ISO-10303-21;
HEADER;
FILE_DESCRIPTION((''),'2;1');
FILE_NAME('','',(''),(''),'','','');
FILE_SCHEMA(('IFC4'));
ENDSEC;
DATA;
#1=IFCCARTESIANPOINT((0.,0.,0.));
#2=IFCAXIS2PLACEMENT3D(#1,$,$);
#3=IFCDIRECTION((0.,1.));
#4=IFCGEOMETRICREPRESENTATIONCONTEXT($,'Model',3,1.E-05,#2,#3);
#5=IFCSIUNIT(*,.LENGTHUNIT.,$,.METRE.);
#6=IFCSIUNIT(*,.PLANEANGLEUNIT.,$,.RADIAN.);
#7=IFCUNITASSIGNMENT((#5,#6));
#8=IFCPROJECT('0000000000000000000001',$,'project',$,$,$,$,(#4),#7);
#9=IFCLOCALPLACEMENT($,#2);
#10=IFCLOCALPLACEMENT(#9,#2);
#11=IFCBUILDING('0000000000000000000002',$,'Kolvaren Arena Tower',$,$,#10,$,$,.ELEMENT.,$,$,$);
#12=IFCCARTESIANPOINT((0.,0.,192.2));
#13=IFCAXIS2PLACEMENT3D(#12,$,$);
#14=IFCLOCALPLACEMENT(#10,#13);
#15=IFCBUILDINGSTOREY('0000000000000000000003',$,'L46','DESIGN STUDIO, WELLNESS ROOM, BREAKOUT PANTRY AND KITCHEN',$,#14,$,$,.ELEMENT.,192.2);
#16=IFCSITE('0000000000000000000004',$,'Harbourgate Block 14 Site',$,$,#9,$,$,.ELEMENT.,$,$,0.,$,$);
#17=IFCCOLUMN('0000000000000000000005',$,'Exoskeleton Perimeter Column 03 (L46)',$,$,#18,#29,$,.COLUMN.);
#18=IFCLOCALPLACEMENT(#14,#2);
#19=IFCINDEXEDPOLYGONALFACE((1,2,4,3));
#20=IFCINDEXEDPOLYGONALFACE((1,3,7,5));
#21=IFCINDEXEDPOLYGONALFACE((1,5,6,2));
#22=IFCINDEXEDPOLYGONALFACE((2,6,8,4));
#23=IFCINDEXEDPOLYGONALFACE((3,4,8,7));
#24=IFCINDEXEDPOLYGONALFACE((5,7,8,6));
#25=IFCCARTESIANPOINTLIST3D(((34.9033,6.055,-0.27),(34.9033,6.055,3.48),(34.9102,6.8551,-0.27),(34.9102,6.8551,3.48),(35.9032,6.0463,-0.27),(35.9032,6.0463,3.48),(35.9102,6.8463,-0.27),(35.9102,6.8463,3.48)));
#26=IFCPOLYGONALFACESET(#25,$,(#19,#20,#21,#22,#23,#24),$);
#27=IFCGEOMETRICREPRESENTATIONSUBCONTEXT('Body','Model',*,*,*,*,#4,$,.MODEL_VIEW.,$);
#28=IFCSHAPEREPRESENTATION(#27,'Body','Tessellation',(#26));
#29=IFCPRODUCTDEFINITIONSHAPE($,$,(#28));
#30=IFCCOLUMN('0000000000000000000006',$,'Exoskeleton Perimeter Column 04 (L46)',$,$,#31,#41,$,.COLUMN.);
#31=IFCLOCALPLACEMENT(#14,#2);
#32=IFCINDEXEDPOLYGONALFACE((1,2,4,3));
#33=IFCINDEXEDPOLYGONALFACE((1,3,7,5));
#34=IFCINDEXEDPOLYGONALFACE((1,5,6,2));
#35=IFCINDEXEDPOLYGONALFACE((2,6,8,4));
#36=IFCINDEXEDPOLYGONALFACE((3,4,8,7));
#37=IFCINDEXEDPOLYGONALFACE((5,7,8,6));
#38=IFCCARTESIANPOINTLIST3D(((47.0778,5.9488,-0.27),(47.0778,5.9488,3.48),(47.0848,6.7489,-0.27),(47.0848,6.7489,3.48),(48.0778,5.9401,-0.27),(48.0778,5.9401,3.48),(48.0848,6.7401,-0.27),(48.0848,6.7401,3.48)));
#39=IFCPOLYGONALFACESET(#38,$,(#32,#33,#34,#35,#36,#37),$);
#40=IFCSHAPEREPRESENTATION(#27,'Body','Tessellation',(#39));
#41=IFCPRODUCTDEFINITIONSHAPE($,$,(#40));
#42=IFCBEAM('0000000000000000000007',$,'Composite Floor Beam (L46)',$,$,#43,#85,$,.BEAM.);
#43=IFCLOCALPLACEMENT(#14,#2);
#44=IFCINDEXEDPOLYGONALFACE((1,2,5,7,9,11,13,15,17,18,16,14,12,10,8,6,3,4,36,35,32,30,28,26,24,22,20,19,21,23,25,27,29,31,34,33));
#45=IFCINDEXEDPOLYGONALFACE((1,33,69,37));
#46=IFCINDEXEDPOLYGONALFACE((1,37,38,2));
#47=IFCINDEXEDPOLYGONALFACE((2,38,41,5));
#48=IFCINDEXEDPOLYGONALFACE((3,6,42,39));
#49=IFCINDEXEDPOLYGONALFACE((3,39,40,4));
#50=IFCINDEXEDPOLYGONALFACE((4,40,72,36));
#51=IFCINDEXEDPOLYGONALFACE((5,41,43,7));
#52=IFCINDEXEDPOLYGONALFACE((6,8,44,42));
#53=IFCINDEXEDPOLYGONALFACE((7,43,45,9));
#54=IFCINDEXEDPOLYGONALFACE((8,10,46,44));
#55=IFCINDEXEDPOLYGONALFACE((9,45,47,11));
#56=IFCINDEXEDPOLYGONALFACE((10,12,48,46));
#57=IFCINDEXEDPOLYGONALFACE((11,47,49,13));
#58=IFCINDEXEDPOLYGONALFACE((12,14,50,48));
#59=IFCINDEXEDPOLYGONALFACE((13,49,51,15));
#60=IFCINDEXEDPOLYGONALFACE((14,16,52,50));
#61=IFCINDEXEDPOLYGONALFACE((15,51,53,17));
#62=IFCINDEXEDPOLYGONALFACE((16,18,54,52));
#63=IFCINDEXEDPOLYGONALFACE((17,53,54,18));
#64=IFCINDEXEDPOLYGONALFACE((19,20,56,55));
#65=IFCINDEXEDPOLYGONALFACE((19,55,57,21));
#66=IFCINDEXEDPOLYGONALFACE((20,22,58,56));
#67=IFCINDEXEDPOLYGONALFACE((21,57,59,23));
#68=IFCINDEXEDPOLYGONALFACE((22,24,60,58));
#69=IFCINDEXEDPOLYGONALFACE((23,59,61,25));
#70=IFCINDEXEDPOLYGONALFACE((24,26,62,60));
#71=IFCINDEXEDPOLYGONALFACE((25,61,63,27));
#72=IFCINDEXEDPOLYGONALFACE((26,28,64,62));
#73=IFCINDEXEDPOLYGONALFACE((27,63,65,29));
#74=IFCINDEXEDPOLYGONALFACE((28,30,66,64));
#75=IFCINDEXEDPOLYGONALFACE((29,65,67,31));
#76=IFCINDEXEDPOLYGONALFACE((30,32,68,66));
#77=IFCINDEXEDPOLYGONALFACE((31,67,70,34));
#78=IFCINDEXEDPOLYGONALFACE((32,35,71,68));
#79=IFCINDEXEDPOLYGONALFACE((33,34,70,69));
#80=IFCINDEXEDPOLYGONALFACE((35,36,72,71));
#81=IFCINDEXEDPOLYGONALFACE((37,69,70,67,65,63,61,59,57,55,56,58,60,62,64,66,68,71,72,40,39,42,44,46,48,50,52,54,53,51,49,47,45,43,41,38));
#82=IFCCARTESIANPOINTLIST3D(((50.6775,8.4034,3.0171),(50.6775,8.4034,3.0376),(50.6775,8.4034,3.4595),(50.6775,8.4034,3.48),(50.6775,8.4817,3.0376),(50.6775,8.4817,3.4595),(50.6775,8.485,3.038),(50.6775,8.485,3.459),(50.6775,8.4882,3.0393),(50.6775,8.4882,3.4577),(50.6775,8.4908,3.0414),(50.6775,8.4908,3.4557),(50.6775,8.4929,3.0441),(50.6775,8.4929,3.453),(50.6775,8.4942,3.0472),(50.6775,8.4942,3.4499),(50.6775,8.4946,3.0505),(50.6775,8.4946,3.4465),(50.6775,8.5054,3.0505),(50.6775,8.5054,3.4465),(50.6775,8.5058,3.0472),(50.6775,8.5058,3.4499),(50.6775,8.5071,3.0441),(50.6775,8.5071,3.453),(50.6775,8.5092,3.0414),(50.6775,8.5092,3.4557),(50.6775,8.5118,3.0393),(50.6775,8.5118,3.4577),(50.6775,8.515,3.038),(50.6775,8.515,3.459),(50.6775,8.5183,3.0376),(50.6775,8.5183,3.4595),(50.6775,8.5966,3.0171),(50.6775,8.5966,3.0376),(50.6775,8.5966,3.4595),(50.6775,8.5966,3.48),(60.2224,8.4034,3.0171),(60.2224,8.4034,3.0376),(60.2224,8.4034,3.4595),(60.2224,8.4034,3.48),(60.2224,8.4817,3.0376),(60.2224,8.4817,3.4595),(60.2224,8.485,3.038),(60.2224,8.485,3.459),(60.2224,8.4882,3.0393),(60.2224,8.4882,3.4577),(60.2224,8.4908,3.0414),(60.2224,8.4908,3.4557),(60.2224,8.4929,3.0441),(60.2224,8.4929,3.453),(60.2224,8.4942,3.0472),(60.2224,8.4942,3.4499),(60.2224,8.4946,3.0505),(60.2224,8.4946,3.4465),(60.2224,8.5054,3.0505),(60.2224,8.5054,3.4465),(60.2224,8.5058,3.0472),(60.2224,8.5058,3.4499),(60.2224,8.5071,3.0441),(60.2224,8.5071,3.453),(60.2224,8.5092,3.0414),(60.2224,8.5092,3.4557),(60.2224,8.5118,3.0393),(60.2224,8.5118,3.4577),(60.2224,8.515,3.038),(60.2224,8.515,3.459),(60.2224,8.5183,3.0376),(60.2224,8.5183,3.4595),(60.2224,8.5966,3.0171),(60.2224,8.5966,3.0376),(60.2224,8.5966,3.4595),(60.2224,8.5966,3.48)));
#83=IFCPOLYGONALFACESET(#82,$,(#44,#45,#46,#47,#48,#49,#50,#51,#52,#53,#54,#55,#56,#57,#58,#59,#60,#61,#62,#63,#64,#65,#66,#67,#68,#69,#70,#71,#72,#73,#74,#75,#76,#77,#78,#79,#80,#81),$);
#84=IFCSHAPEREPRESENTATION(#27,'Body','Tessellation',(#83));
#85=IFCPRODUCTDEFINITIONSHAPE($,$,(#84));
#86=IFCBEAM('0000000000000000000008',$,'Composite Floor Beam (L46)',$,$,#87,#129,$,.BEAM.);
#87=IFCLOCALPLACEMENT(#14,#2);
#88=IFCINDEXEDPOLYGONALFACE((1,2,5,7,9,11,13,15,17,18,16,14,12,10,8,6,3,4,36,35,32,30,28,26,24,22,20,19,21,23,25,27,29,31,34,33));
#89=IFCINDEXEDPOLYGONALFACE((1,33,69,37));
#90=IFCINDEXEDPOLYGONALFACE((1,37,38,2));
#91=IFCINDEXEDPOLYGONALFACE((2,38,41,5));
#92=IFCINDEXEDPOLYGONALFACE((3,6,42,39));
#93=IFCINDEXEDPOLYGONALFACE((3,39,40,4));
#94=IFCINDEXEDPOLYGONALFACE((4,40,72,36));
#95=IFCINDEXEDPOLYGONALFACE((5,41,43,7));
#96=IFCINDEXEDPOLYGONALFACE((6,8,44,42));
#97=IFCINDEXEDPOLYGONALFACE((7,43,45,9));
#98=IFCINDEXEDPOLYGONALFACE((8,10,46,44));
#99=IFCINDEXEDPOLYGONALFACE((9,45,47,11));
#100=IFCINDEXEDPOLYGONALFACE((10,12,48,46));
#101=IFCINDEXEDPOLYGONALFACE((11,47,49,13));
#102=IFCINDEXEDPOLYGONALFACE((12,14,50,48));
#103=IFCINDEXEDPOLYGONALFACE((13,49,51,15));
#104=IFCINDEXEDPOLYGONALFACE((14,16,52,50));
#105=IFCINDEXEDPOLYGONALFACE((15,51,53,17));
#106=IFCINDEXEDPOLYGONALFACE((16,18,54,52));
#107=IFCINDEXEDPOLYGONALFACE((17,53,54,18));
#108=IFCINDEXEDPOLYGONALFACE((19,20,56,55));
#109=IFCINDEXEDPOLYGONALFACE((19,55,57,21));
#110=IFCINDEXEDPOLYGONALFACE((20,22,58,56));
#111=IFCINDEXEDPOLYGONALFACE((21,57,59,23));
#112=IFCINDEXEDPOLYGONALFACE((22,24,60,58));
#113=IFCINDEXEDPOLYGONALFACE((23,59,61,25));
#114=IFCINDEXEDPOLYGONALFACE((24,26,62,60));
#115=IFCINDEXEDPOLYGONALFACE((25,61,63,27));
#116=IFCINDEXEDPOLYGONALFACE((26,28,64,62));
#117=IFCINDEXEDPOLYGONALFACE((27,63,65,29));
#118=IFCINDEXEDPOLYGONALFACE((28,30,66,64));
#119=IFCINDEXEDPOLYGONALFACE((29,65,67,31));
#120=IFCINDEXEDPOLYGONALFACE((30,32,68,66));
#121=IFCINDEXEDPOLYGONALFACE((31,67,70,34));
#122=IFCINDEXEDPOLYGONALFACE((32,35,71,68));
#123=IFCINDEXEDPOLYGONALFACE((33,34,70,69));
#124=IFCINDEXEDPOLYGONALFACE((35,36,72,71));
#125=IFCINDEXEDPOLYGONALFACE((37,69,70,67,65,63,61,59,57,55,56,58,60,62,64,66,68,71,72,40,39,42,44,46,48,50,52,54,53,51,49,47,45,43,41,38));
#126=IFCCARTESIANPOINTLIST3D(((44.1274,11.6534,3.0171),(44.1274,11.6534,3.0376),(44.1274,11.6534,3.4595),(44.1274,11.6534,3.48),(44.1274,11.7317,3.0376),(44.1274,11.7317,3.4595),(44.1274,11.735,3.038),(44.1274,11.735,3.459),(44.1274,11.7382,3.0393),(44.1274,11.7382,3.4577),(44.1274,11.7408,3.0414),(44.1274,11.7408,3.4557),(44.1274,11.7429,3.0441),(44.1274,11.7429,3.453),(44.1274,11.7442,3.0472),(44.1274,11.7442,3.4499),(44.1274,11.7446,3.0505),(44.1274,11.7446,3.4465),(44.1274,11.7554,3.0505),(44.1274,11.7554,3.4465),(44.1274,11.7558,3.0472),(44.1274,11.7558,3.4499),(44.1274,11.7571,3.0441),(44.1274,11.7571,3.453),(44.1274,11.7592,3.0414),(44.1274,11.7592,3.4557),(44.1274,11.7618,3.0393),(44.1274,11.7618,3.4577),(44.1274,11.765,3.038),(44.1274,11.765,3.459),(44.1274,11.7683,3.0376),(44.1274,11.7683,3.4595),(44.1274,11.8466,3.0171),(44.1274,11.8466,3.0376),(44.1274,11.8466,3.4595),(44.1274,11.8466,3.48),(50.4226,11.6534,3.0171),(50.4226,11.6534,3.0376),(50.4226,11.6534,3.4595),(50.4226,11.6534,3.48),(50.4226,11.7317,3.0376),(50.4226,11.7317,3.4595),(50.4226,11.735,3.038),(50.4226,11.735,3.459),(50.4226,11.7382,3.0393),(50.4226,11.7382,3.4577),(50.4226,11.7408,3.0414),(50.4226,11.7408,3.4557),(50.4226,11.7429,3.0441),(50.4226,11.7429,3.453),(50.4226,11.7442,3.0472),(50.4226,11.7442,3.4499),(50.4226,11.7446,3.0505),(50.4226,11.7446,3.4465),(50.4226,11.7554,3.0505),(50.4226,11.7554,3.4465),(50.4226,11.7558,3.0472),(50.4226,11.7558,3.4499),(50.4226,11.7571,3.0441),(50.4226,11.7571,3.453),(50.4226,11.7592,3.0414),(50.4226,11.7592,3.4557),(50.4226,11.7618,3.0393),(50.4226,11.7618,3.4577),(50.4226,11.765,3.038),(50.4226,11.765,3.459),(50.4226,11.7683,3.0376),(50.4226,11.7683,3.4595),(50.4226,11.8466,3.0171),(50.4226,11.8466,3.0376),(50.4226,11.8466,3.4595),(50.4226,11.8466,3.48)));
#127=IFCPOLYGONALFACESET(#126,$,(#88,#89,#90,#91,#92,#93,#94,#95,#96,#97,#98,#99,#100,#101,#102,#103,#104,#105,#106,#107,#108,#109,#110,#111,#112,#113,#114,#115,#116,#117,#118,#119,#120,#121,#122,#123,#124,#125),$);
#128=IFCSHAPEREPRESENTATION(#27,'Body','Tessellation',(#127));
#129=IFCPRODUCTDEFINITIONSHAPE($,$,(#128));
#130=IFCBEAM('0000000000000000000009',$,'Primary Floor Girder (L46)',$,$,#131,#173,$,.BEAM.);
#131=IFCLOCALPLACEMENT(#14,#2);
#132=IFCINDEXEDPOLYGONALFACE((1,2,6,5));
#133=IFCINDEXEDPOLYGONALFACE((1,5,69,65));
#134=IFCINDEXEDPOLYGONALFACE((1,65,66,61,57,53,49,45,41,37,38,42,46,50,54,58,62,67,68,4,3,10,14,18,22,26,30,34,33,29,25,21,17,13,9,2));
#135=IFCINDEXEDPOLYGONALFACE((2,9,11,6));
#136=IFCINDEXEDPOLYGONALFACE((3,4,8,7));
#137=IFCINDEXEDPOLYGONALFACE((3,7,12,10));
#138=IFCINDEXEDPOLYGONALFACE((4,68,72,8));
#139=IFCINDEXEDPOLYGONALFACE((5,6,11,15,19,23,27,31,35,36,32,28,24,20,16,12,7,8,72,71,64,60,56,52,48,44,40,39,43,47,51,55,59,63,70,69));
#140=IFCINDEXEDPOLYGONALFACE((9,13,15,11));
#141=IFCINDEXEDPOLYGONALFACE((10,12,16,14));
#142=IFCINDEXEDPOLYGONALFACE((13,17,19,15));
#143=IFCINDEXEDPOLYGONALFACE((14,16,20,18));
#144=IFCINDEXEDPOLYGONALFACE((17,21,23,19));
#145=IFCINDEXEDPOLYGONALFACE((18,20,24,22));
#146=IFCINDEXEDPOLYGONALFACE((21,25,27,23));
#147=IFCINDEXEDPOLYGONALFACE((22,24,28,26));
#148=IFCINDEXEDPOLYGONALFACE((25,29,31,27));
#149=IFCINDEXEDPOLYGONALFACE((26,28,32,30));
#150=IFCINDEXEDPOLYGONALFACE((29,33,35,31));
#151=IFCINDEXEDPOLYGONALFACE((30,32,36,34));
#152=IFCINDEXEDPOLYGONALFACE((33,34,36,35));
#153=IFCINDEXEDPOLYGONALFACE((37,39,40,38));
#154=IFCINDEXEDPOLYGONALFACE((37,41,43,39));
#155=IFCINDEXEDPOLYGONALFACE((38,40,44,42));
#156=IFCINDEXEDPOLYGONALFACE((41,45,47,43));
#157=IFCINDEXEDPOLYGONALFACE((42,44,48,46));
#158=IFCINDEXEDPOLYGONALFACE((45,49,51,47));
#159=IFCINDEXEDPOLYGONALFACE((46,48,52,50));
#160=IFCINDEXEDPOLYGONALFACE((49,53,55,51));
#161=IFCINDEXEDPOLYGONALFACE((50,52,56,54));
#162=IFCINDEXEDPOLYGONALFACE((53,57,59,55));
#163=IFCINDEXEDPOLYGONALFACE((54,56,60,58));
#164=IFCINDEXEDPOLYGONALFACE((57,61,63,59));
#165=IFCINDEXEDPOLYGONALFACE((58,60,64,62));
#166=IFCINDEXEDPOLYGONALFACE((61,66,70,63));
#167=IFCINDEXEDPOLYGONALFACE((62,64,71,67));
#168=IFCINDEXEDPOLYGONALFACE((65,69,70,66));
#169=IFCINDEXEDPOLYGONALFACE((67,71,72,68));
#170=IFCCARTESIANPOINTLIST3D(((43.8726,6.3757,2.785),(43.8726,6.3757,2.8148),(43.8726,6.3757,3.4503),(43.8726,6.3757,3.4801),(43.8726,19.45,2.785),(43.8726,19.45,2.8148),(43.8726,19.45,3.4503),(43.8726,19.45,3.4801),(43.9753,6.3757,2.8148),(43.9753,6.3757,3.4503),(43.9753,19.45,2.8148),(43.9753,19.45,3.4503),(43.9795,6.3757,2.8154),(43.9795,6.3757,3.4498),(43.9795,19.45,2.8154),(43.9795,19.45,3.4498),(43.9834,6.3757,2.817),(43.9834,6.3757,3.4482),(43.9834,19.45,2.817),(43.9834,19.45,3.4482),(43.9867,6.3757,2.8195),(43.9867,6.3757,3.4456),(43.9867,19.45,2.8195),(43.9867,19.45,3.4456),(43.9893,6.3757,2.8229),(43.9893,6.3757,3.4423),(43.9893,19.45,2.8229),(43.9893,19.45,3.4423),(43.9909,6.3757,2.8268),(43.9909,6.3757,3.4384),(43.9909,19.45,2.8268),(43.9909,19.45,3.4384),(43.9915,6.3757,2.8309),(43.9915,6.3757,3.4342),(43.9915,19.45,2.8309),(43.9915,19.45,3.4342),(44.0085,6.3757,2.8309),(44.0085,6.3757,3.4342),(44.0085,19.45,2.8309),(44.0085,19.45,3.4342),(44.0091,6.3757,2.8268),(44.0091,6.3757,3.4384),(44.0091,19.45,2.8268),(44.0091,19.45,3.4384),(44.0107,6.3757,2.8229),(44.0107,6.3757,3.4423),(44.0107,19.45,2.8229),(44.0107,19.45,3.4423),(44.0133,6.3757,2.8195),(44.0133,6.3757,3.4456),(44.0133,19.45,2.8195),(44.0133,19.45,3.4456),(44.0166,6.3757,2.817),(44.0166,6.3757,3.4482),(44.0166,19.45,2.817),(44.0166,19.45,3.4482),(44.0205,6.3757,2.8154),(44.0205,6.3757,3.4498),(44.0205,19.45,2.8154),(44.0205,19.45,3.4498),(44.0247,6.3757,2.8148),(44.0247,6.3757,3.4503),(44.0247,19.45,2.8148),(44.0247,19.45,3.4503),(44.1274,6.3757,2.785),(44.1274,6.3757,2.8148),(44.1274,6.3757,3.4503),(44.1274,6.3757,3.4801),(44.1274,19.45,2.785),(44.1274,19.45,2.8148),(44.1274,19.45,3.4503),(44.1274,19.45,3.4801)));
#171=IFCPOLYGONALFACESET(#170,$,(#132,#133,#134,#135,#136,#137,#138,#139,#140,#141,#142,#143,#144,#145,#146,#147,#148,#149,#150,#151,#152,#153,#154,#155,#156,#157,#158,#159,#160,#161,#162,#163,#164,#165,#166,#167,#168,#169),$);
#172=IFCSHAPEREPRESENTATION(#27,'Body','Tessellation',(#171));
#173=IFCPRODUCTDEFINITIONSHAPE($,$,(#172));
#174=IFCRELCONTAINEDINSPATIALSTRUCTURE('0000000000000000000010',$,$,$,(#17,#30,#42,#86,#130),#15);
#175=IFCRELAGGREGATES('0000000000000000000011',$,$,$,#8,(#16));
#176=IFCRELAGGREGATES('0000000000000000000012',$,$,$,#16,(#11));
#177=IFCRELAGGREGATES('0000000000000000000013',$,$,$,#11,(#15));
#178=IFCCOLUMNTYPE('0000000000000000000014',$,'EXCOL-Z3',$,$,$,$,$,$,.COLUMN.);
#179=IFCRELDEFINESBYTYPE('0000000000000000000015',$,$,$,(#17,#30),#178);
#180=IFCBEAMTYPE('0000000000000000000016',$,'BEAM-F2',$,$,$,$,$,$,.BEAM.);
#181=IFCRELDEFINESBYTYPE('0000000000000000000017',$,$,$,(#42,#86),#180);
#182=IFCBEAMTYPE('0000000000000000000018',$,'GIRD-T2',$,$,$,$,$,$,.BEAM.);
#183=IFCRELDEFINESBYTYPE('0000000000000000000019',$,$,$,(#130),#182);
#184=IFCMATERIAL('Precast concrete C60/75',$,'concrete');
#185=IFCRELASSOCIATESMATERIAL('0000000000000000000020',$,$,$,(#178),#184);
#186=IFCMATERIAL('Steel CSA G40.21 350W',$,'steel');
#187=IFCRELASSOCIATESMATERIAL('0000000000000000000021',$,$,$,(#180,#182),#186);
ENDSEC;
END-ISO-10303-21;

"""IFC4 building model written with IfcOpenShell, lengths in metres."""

from ifc_helpers import new_model, si_unit, direction, frame, origin, origin_2d, place, context, subcontext, project, spatial, rectangle, i_section, extrude, material, material_profile, profile_set, type_object, element, save


model = new_model("IFC4")

# Units and contexts
model_context = context("Model", 3, precision=1e-05, world=origin(), true_north=direction((0.0, 1.0)))
body_context = subcontext(model_context, "Body", "Model", "MODEL_VIEW")
ifc_project = project(units=[si_unit("LENGTHUNIT", "METRE"), si_unit("PLANEANGLEUNIT", "RADIAN")], contexts=[model_context])

# Site, building, storey
site_placement = place(None, origin())
site = spatial("IfcSite", under=ifc_project, at=site_placement, Name="Harbourgate Block 14 Site", CompositionType="ELEMENT", RefElevation=0.0)
building_placement = place(site_placement, origin())
building = spatial("IfcBuilding", under=site, at=building_placement, Name="Kolvaren Arena Tower", CompositionType="ELEMENT")
storey_placement = place(building_placement, frame((0.0, 0.0, 192.2)))
storey = spatial("IfcBuildingStorey", under=building, at=storey_placement, Name="L46", Description="DESIGN STUDIO, WELLNESS ROOM, BREAKOUT PANTRY AND KITCHEN", CompositionType="ELEMENT", Elevation=192.2)

# Columns
ifc_material_1 = material(Name="Precast concrete C60/75", Category="concrete")
ifc_material_profile_1 = material_profile(ifc_material_1, rectangle(XDim=1.0, YDim=0.8, at=origin_2d()), Name="RC-1000x800")
ifc_profile_set_1 = profile_set([ifc_material_profile_1], Name="Precast concrete C60/75")
column_type = type_object("IfcColumnType", Name="EXCOL-Z3", PredefinedType="COLUMN", material=ifc_profile_set_1)
for number, where, z_axis, x_axis, name in (
    (1, (35.4067, 6.4507, -0.27), (0.0, 0.0, 1.0), (0.999962, -0.008727, 0.0), "Exoskeleton Perimeter Column 03 (L46)"),
    (2, (47.5813, 6.3445, -0.27), (0.0, 0.0, 1.0), (0.999962, -0.008727, 0.0), "Exoskeleton Perimeter Column 04 (L46)"),
):
    element("IfcColumn", number, at=place(storey_placement, frame(where, z_axis=z_axis, x_axis=x_axis)), inside=storey, type_object=column_type, Name=name, PredefinedType="COLUMN", context=body_context, shape_type="SweptSolid", body=[
        extrude(rectangle(XDim=1.0, YDim=0.8, at=origin_2d()), origin(), (0.0, 0.0, 1.0), 3.75),
    ])

# Beams
ifc_material_2 = material(Name="Steel CSA G40.21 350W", Category="steel")
ifc_material_profile_2 = material_profile(ifc_material_2, i_section(OverallWidth=0.1931, OverallDepth=0.4629, WebThickness=0.0107, FlangeThickness=0.0205, FilletRadius=0.0129, at=origin_2d()), Name="W460x113")
ifc_profile_set_2 = profile_set([ifc_material_profile_2], Name="Steel CSA G40.21 350W")
beam_type_1 = type_object("IfcBeamType", Name="BEAM-F2", PredefinedType="BEAM", material=ifc_profile_set_2)
beam_1_placement = place(storey_placement, frame((50.6775, 8.5, 3.2485), z_axis=(1.0, 0.0, 0.0), x_axis=(0.0, 1.0, 0.0)))
element("IfcBeam", 3, at=beam_1_placement, inside=storey, type_object=beam_type_1, Name="Composite Floor Beam (L46)", PredefinedType="BEAM", context=body_context, shape_type="SweptSolid", body=[
    extrude(i_section(OverallWidth=0.1931, OverallDepth=0.4629, WebThickness=0.0107, FlangeThickness=0.0205, FilletRadius=0.0129, at=origin_2d()), origin(), (0.0, 0.0, 1.0), 9.5449),
])
beam_2_placement = place(storey_placement, frame((44.1274, 11.75, 3.2485), z_axis=(1.0, 0.0, 0.0), x_axis=(0.0, 1.0, 0.0)))
element("IfcBeam", 4, at=beam_2_placement, inside=storey, type_object=beam_type_1, Name="Composite Floor Beam (L46)", PredefinedType="BEAM", context=body_context, shape_type="SweptSolid", body=[
    extrude(i_section(OverallWidth=0.1931, OverallDepth=0.4629, WebThickness=0.0107, FlangeThickness=0.0205, FilletRadius=0.0129, at=origin_2d()), origin(), (0.0, 0.0, 1.0), 6.2952),
])
ifc_material_profile_3 = material_profile(ifc_material_2, i_section(OverallWidth=0.2549, OverallDepth=0.6951, WebThickness=0.0171, FlangeThickness=0.0298, FilletRadius=0.0161, at=origin_2d()), Name="W690x217")
ifc_profile_set_3 = profile_set([ifc_material_profile_3], Name="Steel CSA G40.21 350W")
beam_type_2 = type_object("IfcBeamType", Name="GIRD-T2", PredefinedType="BEAM", material=ifc_profile_set_3)
beam_3_placement = place(storey_placement, frame((44.0, 6.3757, 3.1326), z_axis=(0.0, 1.0, 0.0), x_axis=(-1.0, 0.0, 0.0)))
element("IfcBeam", 5, at=beam_3_placement, inside=storey, type_object=beam_type_2, Name="Primary Floor Girder (L46)", PredefinedType="BEAM", context=body_context, shape_type="SweptSolid", body=[
    extrude(i_section(OverallWidth=0.2549, OverallDepth=0.6951, WebThickness=0.0171, FlangeThickness=0.0298, FilletRadius=0.0161, at=origin_2d()), origin(), (0.0, 0.0, 1.0), 13.0742),
])

save(model, "model.ifc")
